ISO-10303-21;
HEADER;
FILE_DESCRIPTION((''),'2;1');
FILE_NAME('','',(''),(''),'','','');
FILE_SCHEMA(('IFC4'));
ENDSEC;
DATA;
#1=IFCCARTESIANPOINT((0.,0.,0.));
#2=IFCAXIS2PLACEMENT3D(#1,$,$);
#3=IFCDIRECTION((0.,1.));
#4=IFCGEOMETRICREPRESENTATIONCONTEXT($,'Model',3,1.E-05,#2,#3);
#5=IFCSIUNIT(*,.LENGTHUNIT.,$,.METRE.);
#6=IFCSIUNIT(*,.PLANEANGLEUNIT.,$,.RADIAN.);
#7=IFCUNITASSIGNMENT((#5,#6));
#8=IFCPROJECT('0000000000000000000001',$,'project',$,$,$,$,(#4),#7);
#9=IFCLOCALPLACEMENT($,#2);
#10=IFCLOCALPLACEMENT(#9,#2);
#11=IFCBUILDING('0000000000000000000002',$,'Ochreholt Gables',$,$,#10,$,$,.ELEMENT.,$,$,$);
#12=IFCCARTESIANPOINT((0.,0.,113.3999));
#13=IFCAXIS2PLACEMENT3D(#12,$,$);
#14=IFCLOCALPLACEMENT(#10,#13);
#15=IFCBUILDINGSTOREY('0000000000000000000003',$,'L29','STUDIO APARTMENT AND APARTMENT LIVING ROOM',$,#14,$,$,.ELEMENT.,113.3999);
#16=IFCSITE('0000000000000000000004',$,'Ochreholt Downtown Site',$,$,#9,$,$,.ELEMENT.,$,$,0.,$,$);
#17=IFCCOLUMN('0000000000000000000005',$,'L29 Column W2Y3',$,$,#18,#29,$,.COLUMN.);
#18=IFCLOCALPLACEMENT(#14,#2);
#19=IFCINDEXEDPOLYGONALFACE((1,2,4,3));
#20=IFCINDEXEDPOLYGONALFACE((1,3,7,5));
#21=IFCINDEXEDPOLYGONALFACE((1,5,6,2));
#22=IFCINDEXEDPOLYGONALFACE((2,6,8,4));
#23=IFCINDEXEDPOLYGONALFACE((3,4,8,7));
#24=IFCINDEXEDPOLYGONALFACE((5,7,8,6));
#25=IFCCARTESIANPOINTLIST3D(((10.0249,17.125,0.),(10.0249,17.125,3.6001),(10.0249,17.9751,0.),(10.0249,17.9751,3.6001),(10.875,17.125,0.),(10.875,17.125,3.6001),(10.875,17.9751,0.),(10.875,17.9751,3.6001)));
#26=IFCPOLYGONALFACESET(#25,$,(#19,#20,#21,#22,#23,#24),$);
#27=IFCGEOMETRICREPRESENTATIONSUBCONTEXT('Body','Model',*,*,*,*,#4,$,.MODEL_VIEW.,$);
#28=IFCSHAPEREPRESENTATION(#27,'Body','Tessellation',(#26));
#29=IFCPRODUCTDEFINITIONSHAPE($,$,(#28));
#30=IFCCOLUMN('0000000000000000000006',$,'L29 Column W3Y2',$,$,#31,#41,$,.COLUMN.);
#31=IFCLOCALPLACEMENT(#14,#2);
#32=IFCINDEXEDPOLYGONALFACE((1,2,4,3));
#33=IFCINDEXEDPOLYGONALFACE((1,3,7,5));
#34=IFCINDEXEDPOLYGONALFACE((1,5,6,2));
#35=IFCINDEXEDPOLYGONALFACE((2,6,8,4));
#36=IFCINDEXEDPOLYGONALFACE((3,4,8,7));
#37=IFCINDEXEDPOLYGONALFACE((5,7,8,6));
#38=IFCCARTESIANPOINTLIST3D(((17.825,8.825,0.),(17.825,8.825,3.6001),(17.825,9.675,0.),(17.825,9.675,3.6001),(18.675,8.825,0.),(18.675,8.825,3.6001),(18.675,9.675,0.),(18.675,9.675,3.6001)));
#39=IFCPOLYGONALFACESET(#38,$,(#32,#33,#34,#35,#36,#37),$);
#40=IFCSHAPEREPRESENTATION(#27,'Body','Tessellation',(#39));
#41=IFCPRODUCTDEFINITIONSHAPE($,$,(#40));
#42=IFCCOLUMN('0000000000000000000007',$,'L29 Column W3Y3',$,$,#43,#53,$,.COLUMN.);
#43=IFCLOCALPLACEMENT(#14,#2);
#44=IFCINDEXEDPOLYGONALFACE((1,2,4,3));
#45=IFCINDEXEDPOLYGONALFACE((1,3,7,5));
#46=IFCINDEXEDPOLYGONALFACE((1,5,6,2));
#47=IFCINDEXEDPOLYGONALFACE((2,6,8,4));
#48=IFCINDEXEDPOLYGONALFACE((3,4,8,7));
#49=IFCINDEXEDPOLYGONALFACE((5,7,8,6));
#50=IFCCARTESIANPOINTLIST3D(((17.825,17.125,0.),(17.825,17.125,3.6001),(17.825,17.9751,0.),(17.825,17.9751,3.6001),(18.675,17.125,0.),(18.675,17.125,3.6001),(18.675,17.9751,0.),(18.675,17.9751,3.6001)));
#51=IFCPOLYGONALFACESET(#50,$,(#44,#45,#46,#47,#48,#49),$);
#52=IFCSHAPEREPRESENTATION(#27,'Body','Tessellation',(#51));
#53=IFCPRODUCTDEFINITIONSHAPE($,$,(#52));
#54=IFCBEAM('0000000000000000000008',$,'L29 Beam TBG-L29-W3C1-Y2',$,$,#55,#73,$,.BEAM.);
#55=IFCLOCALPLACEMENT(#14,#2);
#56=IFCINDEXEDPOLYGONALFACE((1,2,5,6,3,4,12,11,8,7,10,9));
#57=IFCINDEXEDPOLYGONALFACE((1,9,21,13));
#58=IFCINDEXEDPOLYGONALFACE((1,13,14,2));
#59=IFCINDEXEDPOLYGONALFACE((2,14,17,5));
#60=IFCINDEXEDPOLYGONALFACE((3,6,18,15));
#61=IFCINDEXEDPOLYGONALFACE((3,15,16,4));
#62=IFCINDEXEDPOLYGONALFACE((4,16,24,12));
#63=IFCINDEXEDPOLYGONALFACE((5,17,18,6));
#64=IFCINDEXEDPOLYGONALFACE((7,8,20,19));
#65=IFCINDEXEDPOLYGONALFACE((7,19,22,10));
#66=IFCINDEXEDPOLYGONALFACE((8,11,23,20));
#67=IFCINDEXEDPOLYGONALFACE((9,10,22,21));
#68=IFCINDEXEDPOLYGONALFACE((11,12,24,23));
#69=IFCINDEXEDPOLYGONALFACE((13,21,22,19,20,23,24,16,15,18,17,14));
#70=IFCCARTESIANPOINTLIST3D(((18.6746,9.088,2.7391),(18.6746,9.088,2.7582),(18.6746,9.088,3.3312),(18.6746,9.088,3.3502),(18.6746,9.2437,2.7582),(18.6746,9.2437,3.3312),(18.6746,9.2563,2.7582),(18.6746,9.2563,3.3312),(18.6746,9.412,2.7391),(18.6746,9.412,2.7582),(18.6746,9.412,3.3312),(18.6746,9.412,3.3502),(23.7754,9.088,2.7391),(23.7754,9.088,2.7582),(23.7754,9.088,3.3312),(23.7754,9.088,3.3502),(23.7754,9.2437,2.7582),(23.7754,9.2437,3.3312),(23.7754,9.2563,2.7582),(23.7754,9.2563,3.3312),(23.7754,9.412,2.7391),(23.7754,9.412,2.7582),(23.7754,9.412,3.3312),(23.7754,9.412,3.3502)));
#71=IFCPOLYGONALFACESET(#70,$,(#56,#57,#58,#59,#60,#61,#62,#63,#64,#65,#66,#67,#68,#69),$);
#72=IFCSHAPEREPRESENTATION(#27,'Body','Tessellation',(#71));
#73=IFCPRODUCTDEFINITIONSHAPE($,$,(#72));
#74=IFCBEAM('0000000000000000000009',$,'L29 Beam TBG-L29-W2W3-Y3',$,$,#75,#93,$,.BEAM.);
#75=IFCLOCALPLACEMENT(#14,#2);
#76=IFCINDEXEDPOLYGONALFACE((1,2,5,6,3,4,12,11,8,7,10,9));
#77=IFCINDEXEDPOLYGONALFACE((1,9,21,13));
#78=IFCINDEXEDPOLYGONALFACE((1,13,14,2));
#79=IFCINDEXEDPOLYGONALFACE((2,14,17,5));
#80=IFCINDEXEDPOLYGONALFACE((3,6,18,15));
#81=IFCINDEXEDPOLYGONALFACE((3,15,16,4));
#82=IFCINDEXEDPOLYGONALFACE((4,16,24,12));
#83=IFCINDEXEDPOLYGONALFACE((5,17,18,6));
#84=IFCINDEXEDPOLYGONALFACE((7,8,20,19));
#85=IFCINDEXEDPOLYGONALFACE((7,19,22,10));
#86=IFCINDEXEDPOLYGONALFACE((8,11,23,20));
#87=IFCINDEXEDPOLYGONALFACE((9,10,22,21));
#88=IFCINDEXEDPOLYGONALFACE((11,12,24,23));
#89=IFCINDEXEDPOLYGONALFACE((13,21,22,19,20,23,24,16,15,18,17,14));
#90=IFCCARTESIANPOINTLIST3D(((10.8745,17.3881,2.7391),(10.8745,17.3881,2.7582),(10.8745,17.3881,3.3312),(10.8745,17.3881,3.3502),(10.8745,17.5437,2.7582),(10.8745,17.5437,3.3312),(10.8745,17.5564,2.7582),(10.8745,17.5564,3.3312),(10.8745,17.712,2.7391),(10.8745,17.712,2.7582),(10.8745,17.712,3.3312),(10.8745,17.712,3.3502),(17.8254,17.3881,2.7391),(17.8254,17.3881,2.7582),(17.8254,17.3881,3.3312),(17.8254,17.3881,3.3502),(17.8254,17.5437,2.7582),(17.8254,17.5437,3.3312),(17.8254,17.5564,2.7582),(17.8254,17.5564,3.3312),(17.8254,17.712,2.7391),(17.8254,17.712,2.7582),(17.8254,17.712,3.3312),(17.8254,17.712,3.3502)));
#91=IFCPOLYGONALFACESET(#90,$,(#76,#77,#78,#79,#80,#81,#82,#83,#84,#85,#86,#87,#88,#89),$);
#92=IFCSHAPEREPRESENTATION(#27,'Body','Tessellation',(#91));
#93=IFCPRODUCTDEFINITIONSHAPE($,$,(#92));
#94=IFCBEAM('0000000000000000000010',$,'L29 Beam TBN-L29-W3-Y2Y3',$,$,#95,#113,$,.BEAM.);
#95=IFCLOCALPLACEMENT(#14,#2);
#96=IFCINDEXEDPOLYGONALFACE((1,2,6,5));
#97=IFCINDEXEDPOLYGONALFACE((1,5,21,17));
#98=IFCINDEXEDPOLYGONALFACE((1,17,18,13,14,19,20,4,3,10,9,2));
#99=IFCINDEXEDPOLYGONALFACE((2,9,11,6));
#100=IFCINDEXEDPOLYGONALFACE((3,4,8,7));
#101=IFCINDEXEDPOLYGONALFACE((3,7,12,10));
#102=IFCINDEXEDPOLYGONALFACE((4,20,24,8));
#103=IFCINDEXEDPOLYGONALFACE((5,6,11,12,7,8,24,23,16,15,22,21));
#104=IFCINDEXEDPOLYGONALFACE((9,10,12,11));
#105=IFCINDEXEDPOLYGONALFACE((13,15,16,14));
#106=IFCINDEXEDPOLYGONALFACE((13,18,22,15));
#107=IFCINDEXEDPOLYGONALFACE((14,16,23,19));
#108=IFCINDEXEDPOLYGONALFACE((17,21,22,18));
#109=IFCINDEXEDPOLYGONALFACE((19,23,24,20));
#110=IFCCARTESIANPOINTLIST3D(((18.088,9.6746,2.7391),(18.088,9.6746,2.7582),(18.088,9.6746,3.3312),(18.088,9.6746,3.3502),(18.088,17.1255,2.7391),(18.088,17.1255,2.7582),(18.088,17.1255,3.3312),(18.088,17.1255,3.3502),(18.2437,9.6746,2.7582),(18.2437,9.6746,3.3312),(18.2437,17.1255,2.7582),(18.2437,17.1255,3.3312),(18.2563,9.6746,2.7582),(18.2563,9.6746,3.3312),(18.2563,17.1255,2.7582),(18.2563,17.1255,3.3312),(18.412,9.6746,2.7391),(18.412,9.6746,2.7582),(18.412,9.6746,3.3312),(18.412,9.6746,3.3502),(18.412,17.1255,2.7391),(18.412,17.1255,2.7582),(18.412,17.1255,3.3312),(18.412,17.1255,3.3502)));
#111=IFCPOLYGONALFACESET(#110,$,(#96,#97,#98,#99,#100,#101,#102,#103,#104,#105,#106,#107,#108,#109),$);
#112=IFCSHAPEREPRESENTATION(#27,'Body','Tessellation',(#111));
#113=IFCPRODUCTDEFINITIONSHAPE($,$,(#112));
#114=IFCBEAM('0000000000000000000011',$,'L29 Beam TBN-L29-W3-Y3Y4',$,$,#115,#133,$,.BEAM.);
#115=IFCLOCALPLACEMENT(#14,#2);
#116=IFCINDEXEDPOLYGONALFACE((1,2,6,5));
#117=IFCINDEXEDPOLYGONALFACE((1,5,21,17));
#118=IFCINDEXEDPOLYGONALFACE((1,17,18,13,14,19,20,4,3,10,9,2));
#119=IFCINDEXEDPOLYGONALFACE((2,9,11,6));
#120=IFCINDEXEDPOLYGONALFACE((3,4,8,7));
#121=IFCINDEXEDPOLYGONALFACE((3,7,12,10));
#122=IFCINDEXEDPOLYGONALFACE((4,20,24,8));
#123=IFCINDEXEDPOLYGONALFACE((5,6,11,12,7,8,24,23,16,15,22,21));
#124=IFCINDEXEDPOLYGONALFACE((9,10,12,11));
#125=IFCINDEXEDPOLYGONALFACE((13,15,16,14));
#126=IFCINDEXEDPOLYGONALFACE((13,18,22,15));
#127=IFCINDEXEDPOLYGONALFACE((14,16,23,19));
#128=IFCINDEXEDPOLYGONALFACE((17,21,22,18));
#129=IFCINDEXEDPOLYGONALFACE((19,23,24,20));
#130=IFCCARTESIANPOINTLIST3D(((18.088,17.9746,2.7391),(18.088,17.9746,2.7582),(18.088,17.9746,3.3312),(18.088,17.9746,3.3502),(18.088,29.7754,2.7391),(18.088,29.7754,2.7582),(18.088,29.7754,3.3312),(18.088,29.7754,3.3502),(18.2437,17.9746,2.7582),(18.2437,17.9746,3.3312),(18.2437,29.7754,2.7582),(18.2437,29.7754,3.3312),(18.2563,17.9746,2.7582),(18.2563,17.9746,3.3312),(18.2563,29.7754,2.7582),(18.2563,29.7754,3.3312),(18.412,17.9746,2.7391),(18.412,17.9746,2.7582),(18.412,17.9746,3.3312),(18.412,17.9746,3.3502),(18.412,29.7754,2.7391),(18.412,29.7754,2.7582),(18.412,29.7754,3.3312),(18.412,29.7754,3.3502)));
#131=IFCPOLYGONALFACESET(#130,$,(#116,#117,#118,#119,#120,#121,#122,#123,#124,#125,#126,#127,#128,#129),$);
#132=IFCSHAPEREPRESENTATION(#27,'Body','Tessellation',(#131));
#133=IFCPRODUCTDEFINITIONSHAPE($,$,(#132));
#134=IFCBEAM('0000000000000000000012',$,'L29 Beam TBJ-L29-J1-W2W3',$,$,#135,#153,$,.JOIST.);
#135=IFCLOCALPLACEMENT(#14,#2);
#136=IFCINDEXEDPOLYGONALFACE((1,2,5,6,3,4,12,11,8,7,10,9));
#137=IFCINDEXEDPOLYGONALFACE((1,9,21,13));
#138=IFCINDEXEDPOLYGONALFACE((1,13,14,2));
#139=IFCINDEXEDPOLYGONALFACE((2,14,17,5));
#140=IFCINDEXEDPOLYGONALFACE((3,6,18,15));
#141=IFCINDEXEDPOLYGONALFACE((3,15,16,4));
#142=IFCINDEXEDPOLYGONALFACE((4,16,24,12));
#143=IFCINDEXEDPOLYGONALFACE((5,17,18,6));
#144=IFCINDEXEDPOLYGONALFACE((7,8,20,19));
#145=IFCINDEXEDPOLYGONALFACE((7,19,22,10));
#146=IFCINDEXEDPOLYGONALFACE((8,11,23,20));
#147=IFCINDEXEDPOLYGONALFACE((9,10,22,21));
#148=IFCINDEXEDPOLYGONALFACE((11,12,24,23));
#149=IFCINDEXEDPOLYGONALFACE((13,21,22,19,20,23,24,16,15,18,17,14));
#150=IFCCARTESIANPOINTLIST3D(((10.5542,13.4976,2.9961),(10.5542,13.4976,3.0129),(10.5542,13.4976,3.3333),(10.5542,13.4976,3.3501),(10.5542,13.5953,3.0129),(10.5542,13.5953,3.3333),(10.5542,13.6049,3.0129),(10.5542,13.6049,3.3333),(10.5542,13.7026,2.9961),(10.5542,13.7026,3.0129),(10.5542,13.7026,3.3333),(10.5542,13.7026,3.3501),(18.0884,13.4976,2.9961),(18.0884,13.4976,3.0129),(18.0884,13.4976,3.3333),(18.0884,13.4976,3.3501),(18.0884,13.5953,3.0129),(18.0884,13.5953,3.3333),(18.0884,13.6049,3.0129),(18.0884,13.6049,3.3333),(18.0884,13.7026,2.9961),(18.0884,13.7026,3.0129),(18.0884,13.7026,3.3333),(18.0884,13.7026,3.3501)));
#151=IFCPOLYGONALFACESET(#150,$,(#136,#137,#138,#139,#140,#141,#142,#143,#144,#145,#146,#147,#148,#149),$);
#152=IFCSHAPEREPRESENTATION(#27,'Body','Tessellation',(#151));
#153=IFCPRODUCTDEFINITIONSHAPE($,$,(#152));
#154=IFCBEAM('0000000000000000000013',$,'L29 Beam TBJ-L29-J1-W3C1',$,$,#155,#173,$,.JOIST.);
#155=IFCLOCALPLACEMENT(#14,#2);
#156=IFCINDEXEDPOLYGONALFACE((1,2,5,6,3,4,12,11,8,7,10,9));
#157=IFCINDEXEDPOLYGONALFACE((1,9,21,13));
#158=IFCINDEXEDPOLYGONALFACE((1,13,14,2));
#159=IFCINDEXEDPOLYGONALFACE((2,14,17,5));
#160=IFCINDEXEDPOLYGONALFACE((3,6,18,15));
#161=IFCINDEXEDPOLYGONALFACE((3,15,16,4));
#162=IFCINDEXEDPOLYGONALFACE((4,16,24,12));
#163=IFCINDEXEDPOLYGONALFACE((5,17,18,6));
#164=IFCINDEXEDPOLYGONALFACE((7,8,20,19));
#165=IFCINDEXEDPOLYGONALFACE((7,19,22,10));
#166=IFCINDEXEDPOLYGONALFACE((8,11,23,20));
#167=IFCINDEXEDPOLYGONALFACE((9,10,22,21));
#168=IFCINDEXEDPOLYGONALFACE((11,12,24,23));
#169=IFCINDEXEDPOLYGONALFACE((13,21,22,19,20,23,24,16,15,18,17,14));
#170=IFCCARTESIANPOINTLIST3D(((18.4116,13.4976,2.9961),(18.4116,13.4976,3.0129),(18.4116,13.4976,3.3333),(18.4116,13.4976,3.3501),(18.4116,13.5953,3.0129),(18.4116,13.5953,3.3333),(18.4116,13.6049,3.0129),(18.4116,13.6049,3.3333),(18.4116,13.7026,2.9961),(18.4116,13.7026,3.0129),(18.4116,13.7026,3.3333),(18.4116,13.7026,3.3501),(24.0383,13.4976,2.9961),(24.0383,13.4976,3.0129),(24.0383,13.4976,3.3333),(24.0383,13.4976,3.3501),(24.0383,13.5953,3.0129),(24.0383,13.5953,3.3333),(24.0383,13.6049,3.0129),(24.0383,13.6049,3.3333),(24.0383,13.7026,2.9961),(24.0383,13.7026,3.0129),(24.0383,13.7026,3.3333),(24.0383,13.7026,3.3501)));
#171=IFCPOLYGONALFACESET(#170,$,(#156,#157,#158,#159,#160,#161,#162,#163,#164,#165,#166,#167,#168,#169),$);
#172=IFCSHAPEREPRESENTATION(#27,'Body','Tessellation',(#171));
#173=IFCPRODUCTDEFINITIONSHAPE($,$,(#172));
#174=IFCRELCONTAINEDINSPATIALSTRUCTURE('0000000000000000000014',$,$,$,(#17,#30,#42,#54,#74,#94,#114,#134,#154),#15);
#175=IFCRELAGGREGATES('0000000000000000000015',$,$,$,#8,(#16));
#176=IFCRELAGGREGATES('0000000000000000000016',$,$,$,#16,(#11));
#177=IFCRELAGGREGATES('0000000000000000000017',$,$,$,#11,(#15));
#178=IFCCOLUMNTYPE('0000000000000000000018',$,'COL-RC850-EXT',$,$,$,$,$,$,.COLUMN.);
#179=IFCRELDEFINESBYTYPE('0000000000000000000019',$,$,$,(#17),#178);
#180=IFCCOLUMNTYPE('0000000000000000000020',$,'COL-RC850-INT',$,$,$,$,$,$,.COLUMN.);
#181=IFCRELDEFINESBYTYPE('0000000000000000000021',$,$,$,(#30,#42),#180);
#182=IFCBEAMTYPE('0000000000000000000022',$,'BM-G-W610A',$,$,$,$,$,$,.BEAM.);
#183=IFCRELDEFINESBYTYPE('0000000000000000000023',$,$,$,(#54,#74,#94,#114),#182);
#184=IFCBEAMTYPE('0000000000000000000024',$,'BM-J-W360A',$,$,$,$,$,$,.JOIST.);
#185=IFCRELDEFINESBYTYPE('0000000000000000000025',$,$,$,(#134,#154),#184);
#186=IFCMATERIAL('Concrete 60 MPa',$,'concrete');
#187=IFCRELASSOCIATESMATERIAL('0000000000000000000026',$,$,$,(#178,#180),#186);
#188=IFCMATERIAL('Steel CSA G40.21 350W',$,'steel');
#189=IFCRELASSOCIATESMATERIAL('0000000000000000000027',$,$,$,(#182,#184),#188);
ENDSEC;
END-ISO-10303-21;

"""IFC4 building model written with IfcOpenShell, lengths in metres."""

from ifc_helpers import new_model, si_unit, direction, frame, origin, origin_2d, place, context, subcontext, project, spatial, rectangle, i_section, extrude, material, material_profile, profile_set, type_object, element, save


model = new_model("IFC4")

# Units and contexts
model_context = context("Model", 3, precision=1e-05, world=origin(), true_north=direction((0.0, 1.0)))
body_context = subcontext(model_context, "Body", "Model", "MODEL_VIEW")
ifc_project = project(units=[si_unit("LENGTHUNIT", "METRE"), si_unit("PLANEANGLEUNIT", "RADIAN")], contexts=[model_context])

# Site, building, storey
site_placement = place(None, origin())
site = spatial("IfcSite", under=ifc_project, at=site_placement, Name="Ochreholt Downtown Site", CompositionType="ELEMENT", RefElevation=0.0)
building_placement = place(site_placement, origin())
building = spatial("IfcBuilding", under=site, at=building_placement, Name="Ochreholt Gables", CompositionType="ELEMENT")
storey_placement = place(building_placement, frame((0.0, 0.0, 113.3999)))
storey = spatial("IfcBuildingStorey", under=building, at=storey_placement, Name="L29", Description="STUDIO APARTMENT AND APARTMENT LIVING ROOM", CompositionType="ELEMENT", Elevation=113.3999)

# Columns
ifc_material_1 = material(Name="Concrete 60 MPa", Category="concrete")
ifc_material_profile_1 = material_profile(ifc_material_1, rectangle(XDim=0.8501, YDim=0.8501, at=origin_2d()), Name="RC850X850")
ifc_profile_set_1 = profile_set([ifc_material_profile_1], Name="Concrete 60 MPa")
column_type_1 = type_object("IfcColumnType", Name="COL-RC850-EXT", PredefinedType="COLUMN", material=ifc_profile_set_1)
column_placement = place(storey_placement, frame((10.45, 17.55, 0.0), z_axis=(0.0, 0.0, 1.0), x_axis=(1.0, 0.0, 0.0)))
element("IfcColumn", 1, at=column_placement, inside=storey, type_object=column_type_1, Name="L29 Column W2Y3", PredefinedType="COLUMN", context=body_context, shape_type="SweptSolid", body=[
    extrude(rectangle(XDim=0.8501, YDim=0.8501, at=origin_2d()), origin(), (0.0, 0.0, 1.0), 3.6001),
])
ifc_material_profile_2 = material_profile(ifc_material_1, rectangle(XDim=0.8501, YDim=0.8501, at=origin_2d()), Name="RC850X850")
ifc_profile_set_2 = profile_set([ifc_material_profile_2], Name="Concrete 60 MPa")
column_type_2 = type_object("IfcColumnType", Name="COL-RC850-INT", PredefinedType="COLUMN", material=ifc_profile_set_2)
for number, where, z_axis, x_axis, name in (
    (2, (18.25, 9.25, 0.0), (0.0, 0.0, 1.0), (1.0, 0.0, 0.0), "L29 Column W3Y2"),
    (3, (18.25, 17.55, 0.0), (0.0, 0.0, 1.0), (1.0, 0.0, 0.0), "L29 Column W3Y3"),
):
    element("IfcColumn", number, at=place(storey_placement, frame(where, z_axis=z_axis, x_axis=x_axis)), inside=storey, type_object=column_type_2, Name=name, PredefinedType="COLUMN", context=body_context, shape_type="SweptSolid", body=[
        extrude(rectangle(XDim=0.8501, YDim=0.8501, at=origin_2d()), origin(), (0.0, 0.0, 1.0), 3.6001),
    ])

# Beams
ifc_material_2 = material(Name="Steel CSA G40.21 350W", Category="steel")
ifc_material_profile_3 = material_profile(ifc_material_2, i_section(OverallWidth=0.324, OverallDepth=0.6111, WebThickness=0.0127, FlangeThickness=0.019, at=origin_2d()), Name="W610X155")
ifc_profile_set_3 = profile_set([ifc_material_profile_3], Name="Steel CSA G40.21 350W")
beam_type_1 = type_object("IfcBeamType", Name="BM-G-W610A", PredefinedType="BEAM", material=ifc_profile_set_3)
beam_1_placement = place(storey_placement, frame((18.6746, 9.25, 3.0447), z_axis=(1.0, 0.0, 0.0), x_axis=(0.0, 1.0, 0.0)))
element("IfcBeam", 4, at=beam_1_placement, inside=storey, type_object=beam_type_1, Name="L29 Beam TBG-L29-W3C1-Y2", PredefinedType="BEAM", context=body_context, shape_type="SweptSolid", body=[
    extrude(i_section(OverallWidth=0.324, OverallDepth=0.6111, WebThickness=0.0127, FlangeThickness=0.019, at=origin_2d()), origin(), (0.0, 0.0, 1.0), 5.1008),
])
beam_2_placement = place(storey_placement, frame((10.8745, 17.55, 3.0447), z_axis=(1.0, 0.0, 0.0), x_axis=(0.0, 1.0, 0.0)))
element("IfcBeam", 5, at=beam_2_placement, inside=storey, type_object=beam_type_1, Name="L29 Beam TBG-L29-W2W3-Y3", PredefinedType="BEAM", context=body_context, shape_type="SweptSolid", body=[
    extrude(i_section(OverallWidth=0.324, OverallDepth=0.6111, WebThickness=0.0127, FlangeThickness=0.019, at=origin_2d()), origin(), (0.0, 0.0, 1.0), 6.9509),
])
beam_3_placement = place(storey_placement, frame((18.25, 9.6746, 3.0447), z_axis=(0.0, 1.0, 0.0), x_axis=(-1.0, 0.0, 0.0)))
element("IfcBeam", 6, at=beam_3_placement, inside=storey, type_object=beam_type_1, Name="L29 Beam TBN-L29-W3-Y2Y3", PredefinedType="BEAM", context=body_context, shape_type="SweptSolid", body=[
    extrude(i_section(OverallWidth=0.324, OverallDepth=0.6111, WebThickness=0.0127, FlangeThickness=0.019, at=origin_2d()), origin(), (0.0, 0.0, 1.0), 7.4509),
])
beam_4_placement = place(storey_placement, frame((18.25, 17.9746, 3.0447), z_axis=(0.0, 1.0, 0.0), x_axis=(-1.0, 0.0, 0.0)))
element("IfcBeam", 7, at=beam_4_placement, inside=storey, type_object=beam_type_1, Name="L29 Beam TBN-L29-W3-Y3Y4", PredefinedType="BEAM", context=body_context, shape_type="SweptSolid", body=[
    extrude(i_section(OverallWidth=0.324, OverallDepth=0.6111, WebThickness=0.0127, FlangeThickness=0.019, at=origin_2d()), origin(), (0.0, 0.0, 1.0), 11.8008),
])
ifc_material_profile_4 = material_profile(ifc_material_2, i_section(OverallWidth=0.2051, OverallDepth=0.354, WebThickness=0.0095, FlangeThickness=0.0168, at=origin_2d()), Name="W360X79")
ifc_profile_set_4 = profile_set([ifc_material_profile_4], Name="Steel CSA G40.21 350W")
beam_type_2 = type_object("IfcBeamType", Name="BM-J-W360A", PredefinedType="JOIST", material=ifc_profile_set_4)
beam_5_placement = place(storey_placement, frame((10.5542, 13.6001, 3.1731), z_axis=(1.0, 0.0, 0.0), x_axis=(0.0, 1.0, 0.0)))
element("IfcBeam", 8, at=beam_5_placement, inside=storey, type_object=beam_type_2, Name="L29 Beam TBJ-L29-J1-W2W3", PredefinedType="JOIST", context=body_context, shape_type="SweptSolid", body=[
    extrude(i_section(OverallWidth=0.2051, OverallDepth=0.354, WebThickness=0.0095, FlangeThickness=0.0168, at=origin_2d()), origin(), (0.0, 0.0, 1.0), 7.5342),
])
beam_6_placement = place(storey_placement, frame((18.4116, 13.6001, 3.1731), z_axis=(1.0, 0.0, 0.0), x_axis=(0.0, 1.0, 0.0)))
element("IfcBeam", 9, at=beam_6_placement, inside=storey, type_object=beam_type_2, Name="L29 Beam TBJ-L29-J1-W3C1", PredefinedType="JOIST", context=body_context, shape_type="SweptSolid", body=[
    extrude(i_section(OverallWidth=0.2051, OverallDepth=0.354, WebThickness=0.0095, FlangeThickness=0.0168, at=origin_2d()), origin(), (0.0, 0.0, 1.0), 5.6267),
])

save(model, "model.ifc")
